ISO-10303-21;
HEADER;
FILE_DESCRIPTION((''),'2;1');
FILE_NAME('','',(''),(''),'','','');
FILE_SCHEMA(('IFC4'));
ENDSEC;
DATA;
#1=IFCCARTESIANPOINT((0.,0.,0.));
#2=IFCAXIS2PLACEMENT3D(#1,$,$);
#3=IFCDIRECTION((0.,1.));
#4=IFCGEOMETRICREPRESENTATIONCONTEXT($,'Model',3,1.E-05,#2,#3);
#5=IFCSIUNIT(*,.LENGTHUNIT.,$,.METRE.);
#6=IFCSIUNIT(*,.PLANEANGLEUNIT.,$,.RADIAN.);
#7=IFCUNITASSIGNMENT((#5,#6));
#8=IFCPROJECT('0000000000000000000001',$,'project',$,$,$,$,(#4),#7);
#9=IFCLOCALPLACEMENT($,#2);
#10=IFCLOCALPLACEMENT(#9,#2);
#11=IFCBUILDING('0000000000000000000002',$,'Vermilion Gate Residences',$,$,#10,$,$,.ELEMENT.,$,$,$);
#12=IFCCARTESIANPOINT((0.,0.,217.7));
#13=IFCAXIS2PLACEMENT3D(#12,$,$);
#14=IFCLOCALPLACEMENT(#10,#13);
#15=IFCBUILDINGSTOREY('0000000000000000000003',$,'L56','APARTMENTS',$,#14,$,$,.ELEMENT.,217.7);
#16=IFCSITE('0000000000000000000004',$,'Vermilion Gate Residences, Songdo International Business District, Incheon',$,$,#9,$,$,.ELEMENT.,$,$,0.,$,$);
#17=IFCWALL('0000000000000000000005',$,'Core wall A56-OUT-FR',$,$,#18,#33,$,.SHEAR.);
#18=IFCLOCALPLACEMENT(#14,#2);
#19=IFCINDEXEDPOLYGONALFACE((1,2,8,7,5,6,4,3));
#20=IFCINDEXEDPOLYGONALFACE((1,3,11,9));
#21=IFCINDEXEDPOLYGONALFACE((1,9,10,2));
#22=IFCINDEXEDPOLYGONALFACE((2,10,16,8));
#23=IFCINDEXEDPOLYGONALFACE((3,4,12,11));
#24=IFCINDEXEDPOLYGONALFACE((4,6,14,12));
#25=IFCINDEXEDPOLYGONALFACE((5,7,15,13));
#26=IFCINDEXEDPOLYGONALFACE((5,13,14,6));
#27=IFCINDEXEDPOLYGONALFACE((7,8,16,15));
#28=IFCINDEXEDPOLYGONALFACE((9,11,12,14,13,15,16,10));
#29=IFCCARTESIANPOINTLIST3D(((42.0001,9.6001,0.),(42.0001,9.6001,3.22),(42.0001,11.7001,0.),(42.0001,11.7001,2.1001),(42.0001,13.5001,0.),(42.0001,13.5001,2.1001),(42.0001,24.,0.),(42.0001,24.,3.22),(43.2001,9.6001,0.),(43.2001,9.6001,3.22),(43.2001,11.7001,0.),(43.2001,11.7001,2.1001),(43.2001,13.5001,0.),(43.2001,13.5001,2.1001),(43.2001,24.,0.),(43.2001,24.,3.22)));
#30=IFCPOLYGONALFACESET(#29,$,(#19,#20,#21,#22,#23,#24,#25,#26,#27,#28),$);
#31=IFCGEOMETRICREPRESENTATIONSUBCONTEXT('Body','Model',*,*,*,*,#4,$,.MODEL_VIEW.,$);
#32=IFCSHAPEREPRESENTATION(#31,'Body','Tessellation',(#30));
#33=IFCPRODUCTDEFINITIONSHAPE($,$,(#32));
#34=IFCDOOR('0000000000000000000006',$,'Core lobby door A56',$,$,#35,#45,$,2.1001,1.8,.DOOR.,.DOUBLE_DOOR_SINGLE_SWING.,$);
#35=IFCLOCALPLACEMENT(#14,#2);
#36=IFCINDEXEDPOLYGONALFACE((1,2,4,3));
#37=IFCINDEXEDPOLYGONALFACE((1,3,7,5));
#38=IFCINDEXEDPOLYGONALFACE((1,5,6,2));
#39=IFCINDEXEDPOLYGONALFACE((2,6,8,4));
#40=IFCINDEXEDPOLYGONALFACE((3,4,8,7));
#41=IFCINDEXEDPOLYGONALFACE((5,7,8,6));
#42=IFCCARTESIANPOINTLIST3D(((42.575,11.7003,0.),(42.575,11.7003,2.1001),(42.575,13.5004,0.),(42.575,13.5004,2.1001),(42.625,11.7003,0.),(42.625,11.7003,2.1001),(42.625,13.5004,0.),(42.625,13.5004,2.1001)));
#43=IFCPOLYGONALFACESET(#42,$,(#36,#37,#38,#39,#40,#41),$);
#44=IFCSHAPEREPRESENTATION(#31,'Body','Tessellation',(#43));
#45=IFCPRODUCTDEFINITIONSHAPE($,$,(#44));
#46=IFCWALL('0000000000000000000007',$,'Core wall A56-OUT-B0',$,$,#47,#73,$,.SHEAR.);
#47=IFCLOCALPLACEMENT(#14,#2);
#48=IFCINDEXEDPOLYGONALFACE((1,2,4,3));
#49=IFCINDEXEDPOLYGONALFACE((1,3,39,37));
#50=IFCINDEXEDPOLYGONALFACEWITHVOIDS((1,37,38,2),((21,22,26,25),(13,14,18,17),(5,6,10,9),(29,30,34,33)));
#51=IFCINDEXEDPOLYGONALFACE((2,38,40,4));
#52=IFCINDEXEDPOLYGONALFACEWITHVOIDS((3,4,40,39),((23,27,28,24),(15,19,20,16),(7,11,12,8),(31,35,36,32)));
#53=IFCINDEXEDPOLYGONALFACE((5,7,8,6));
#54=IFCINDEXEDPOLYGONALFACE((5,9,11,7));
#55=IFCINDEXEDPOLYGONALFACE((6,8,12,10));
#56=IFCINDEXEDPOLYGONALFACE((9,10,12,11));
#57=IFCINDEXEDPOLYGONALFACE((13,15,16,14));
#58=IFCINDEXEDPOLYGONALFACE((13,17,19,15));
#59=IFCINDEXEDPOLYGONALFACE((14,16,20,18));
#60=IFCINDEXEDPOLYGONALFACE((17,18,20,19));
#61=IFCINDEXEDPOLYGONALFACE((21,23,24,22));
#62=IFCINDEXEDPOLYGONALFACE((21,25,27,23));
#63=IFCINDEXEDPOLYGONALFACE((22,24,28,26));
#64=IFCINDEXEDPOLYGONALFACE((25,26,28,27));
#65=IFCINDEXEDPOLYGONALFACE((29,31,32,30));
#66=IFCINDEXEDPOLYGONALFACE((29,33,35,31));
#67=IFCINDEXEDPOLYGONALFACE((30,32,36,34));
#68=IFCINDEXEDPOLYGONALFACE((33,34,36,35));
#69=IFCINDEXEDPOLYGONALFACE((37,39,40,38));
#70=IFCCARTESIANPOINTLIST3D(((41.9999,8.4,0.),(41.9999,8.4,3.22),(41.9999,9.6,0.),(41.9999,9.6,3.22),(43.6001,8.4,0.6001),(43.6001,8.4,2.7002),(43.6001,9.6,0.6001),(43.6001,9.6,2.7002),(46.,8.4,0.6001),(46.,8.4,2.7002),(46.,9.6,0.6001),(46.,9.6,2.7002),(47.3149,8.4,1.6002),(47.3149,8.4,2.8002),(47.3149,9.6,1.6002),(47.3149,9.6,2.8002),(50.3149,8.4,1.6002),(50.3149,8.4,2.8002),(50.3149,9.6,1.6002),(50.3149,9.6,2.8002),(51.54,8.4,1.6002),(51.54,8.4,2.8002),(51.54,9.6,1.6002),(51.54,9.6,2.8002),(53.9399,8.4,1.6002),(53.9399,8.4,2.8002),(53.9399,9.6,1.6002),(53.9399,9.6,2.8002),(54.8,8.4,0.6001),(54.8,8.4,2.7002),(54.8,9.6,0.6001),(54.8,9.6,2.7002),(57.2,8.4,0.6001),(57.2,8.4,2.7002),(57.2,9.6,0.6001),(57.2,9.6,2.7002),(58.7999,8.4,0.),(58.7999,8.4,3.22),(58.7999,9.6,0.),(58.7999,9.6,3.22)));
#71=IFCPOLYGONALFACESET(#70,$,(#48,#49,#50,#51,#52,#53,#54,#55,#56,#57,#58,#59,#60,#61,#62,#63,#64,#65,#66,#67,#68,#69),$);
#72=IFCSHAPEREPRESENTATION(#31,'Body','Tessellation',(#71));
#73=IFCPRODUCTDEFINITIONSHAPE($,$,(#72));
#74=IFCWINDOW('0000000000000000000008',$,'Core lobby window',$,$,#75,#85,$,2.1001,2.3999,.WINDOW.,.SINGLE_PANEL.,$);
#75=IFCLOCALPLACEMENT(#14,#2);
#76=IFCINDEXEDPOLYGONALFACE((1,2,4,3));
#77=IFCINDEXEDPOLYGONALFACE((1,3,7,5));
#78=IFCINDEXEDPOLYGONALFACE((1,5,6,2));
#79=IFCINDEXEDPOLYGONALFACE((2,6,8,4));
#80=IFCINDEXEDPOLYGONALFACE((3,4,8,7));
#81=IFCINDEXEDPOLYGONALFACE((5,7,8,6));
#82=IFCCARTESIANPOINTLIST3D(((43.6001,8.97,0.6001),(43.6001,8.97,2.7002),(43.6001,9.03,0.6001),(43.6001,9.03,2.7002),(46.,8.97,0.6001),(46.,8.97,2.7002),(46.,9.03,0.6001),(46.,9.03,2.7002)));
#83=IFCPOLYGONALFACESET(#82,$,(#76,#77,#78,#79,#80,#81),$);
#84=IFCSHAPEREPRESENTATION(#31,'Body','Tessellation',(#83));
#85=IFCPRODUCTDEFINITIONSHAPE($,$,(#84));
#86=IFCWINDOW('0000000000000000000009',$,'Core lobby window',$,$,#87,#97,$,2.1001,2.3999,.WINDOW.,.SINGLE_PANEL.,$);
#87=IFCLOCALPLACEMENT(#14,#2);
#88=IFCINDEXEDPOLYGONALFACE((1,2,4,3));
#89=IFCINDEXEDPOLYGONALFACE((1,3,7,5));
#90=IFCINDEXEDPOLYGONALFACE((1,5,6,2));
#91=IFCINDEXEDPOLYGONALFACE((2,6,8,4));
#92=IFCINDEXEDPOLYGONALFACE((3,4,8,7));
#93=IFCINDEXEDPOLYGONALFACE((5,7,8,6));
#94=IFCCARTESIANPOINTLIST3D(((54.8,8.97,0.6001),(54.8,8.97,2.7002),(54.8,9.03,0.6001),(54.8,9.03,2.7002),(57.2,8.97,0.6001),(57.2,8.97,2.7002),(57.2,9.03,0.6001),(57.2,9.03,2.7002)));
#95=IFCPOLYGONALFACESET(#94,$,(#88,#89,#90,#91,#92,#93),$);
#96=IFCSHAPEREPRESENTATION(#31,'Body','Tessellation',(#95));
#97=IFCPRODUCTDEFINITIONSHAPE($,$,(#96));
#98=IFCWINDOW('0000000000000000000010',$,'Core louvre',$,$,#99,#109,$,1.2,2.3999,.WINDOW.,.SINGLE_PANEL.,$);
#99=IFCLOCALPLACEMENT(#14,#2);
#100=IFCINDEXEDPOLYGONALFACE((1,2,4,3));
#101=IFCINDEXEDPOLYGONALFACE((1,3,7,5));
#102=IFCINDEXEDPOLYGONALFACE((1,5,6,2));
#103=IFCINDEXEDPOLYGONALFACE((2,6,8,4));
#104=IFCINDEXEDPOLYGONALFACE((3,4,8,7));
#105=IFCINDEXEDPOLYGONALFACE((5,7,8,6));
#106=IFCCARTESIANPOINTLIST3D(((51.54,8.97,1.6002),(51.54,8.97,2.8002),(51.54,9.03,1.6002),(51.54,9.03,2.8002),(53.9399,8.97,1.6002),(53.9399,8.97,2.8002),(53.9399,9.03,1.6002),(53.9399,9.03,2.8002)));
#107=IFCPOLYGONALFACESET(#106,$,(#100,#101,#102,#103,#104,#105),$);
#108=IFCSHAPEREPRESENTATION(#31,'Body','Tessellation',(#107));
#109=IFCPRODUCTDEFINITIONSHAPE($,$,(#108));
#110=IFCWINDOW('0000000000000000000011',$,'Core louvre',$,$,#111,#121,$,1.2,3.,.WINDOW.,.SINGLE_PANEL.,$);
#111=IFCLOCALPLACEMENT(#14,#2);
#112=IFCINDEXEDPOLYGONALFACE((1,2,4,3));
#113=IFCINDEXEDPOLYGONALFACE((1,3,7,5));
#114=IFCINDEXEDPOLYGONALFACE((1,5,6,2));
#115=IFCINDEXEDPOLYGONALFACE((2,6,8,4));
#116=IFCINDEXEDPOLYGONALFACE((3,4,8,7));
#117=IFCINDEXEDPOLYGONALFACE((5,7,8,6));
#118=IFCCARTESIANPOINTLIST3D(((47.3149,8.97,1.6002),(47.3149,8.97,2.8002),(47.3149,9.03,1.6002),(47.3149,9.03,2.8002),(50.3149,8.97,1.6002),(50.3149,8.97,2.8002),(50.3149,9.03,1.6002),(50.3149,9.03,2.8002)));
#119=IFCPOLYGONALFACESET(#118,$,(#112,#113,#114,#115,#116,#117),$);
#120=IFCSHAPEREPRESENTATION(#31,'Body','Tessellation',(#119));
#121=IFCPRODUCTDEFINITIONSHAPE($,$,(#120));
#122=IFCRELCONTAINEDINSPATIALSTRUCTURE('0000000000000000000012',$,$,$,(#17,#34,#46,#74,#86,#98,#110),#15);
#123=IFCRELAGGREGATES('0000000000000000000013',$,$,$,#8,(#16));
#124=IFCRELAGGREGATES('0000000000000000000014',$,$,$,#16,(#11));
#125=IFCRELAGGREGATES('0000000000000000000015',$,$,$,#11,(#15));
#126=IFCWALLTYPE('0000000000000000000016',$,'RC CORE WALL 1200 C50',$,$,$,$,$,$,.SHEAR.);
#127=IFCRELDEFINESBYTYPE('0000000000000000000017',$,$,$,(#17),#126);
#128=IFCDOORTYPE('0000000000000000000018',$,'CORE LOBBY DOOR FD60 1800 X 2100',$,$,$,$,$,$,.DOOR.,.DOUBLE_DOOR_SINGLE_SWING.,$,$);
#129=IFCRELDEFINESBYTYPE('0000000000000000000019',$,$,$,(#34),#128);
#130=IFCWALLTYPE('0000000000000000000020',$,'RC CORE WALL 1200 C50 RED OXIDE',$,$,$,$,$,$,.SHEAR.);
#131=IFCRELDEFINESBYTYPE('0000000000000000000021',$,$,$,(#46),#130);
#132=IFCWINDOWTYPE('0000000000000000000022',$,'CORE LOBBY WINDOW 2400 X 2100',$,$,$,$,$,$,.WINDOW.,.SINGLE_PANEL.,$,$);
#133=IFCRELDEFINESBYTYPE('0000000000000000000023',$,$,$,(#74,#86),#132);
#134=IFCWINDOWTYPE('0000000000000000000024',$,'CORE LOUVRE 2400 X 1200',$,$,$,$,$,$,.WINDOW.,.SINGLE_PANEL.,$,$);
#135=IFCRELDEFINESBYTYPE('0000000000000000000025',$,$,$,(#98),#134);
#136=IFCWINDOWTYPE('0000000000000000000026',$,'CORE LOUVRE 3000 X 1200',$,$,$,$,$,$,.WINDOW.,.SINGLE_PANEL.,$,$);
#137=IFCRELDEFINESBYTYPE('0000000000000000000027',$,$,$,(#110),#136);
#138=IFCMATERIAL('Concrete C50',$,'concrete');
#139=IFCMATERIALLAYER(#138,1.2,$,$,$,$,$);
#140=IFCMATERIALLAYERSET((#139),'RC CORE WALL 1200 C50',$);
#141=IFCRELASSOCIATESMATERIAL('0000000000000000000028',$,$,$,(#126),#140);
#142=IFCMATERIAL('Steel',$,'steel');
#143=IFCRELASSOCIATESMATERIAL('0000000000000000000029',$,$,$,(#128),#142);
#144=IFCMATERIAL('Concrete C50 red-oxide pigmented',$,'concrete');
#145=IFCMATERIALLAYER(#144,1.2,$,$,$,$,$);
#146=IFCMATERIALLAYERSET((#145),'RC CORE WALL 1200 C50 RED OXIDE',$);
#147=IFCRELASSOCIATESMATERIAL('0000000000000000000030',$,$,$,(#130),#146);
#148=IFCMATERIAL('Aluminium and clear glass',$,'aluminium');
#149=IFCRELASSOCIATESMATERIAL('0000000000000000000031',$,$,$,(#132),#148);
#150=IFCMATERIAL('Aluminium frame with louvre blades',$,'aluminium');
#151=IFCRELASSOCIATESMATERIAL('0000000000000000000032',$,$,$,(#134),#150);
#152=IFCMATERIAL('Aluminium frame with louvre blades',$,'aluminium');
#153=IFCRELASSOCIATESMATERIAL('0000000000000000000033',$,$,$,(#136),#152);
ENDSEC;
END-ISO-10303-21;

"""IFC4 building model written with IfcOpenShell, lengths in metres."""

from ifc_helpers import new_model, si_unit, direction, frame, frame_2d, origin, place, context, subcontext, project, spatial, rectangle, extrude, material, layer, layer_set, type_object, element, fill, save


model = new_model("IFC4")

# Units and contexts
model_context = context("Model", 3, precision=1e-05, world=origin(), true_north=direction((0.0, 1.0)))
body_context = subcontext(model_context, "Body", "Model", "MODEL_VIEW")
ifc_project = project(units=[si_unit("LENGTHUNIT", "METRE"), si_unit("PLANEANGLEUNIT", "RADIAN")], contexts=[model_context])

# Site, building, storey
site_placement = place(None, origin())
site = spatial("IfcSite", under=ifc_project, at=site_placement, Name="Vermilion Gate Residences, Songdo International Business District, Incheon", CompositionType="ELEMENT", RefElevation=0.0)
building_placement = place(site_placement, origin())
building = spatial("IfcBuilding", under=site, at=building_placement, Name="Vermilion Gate Residences", CompositionType="ELEMENT")
storey_placement = place(building_placement, frame((0.0, 0.0, 217.7)))
storey = spatial("IfcBuildingStorey", under=building, at=storey_placement, Name="L56", Description="APARTMENTS", CompositionType="ELEMENT", Elevation=217.7)

# Wall, opening, door
ifc_material_1 = material(Name="Concrete C50", Category="concrete")
ifc_layer_1 = layer(ifc_material_1, 1.2)
ifc_layer_set_1 = layer_set([ifc_layer_1], Name="RC CORE WALL 1200 C50")
wall_type_1 = type_object("IfcWallType", Name="RC CORE WALL 1200 C50", PredefinedType="SHEAR", material=ifc_layer_set_1)
wall_1_placement = place(storey_placement, frame((42.6001, 9.6001, 0.0), z_axis=(0.0, 0.0, 1.0), x_axis=(0.0, 1.0, 0.0)))
wall_1 = element("IfcWall", 1, at=wall_1_placement, inside=storey, type_object=wall_type_1, Name="Core wall A56-OUT-FR", PredefinedType="SHEAR", context=body_context, shape_type="SweptSolid", body=[
    extrude(rectangle(XDim=14.3999, YDim=1.2, at=frame_2d((7.2, 0.0))), origin(), (0.0, 0.0, 1.0), 3.22),
])
opening_1_placement = place(wall_1_placement, frame((2.1001, 0.0, 0.0)))
opening_1 = element("IfcOpeningElement", 2, at=opening_1_placement, cuts=wall_1, PredefinedType="OPENING", context=body_context, shape_type="SweptSolid", body=[
    extrude(rectangle(XDim=1.8, YDim=2.1001, at=frame_2d((0.8999, 1.05))), frame((0.0, 0.6099, 0.0), z_axis=(0.0, -1.0, 0.0), x_axis=(1.0, 0.0, 0.0)), (0.0, 0.0, 1.0), 1.22),
])
ifc_material_2 = material(Name="Steel", Category="steel")
door_type_1 = type_object("IfcDoorType", Name="CORE LOBBY DOOR FD60 1800 X 2100", OperationType="DOUBLE_DOOR_SINGLE_SWING", PredefinedType="DOOR", material=ifc_material_2)
door_1_placement = place(opening_1_placement, frame((1.8, 0.0, 0.0), z_axis=(0.0, 0.0, 1.0), x_axis=(-1.0, 0.0, 0.0)))
door_1 = element("IfcDoor", 3, at=door_1_placement, inside=storey, type_object=door_type_1, Name="Core lobby door A56", OperationType="DOUBLE_DOOR_SINGLE_SWING", OverallHeight=2.1001, OverallWidth=1.8, PredefinedType="DOOR", context=body_context, shape_type="SweptSolid", body=[
    extrude(rectangle(XDim=1.8, YDim=2.1001, at=frame_2d((0.8999, 1.05))), frame((0.0, 0.0249, 0.0), z_axis=(0.0, -1.0, 0.0), x_axis=(1.0, 0.0, 0.0)), (0.0, 0.0, 1.0), 0.05),
])
fill(opening_1, door_1)

# Wall, openings, windows
ifc_material_3 = material(Name="Concrete C50 red-oxide pigmented", Category="concrete")
ifc_layer_2 = layer(ifc_material_3, 1.2)
ifc_layer_set_2 = layer_set([ifc_layer_2], Name="RC CORE WALL 1200 C50 RED OXIDE")
wall_type_2 = type_object("IfcWallType", Name="RC CORE WALL 1200 C50 RED OXIDE", PredefinedType="SHEAR", material=ifc_layer_set_2)
wall_2_placement = place(storey_placement, frame((42.0, 9.0, 0.0), z_axis=(0.0, 0.0, 1.0), x_axis=(1.0, 0.0, 0.0)))
wall_2 = element("IfcWall", 4, at=wall_2_placement, inside=storey, type_object=wall_type_2, Name="Core wall A56-OUT-B0", PredefinedType="SHEAR", context=body_context, shape_type="SweptSolid", body=[
    extrude(rectangle(XDim=16.8, YDim=1.2, at=frame_2d((8.3999, 0.0))), origin(), (0.0, 0.0, 1.0), 3.22),
])
opening_2_placement = place(wall_2_placement, frame((1.6001, 0.0, 0.6001)))
opening_2 = element("IfcOpeningElement", 5, at=opening_2_placement, cuts=wall_2, PredefinedType="OPENING", context=body_context, shape_type="SweptSolid", body=[
    extrude(rectangle(XDim=2.3999, YDim=2.1001, at=frame_2d((1.2, 1.05))), frame((0.0, 0.6099, 0.0), z_axis=(0.0, -1.0, 0.0), x_axis=(1.0, 0.0, 0.0)), (0.0, 0.0, 1.0), 1.22),
])
opening_3_placement = place(wall_2_placement, frame((5.3149, 0.0, 1.6001)))
opening_3 = element("IfcOpeningElement", 6, at=opening_3_placement, cuts=wall_2, PredefinedType="OPENING", context=body_context, shape_type="SweptSolid", body=[
    extrude(rectangle(XDim=3.0, YDim=1.2, at=frame_2d((1.5, 0.6001))), frame((0.0, 0.6099, 0.0), z_axis=(0.0, -1.0, 0.0), x_axis=(1.0, 0.0, 0.0)), (0.0, 0.0, 1.0), 1.22),
])
opening_4_placement = place(wall_2_placement, frame((9.54, 0.0, 1.6001)))
opening_4 = element("IfcOpeningElement", 7, at=opening_4_placement, cuts=wall_2, PredefinedType="OPENING", context=body_context, shape_type="SweptSolid", body=[
    extrude(rectangle(XDim=2.3999, YDim=1.2, at=frame_2d((1.2, 0.6001))), frame((0.0, 0.6099, 0.0), z_axis=(0.0, -1.0, 0.0), x_axis=(1.0, 0.0, 0.0)), (0.0, 0.0, 1.0), 1.22),
])
opening_5_placement = place(wall_2_placement, frame((12.8, 0.0, 0.6001)))
opening_5 = element("IfcOpeningElement", 8, at=opening_5_placement, cuts=wall_2, PredefinedType="OPENING", context=body_context, shape_type="SweptSolid", body=[
    extrude(rectangle(XDim=2.3999, YDim=2.1001, at=frame_2d((1.2, 1.05))), frame((0.0, 0.6099, 0.0), z_axis=(0.0, -1.0, 0.0), x_axis=(1.0, 0.0, 0.0)), (0.0, 0.0, 1.0), 1.22),
])
ifc_material_4 = material(Name="Aluminium and clear glass", Category="aluminium")
window_type_1 = type_object("IfcWindowType", Name="CORE LOBBY WINDOW 2400 X 2100", PartitioningType="SINGLE_PANEL", PredefinedType="WINDOW", material=ifc_material_4)
window_1_placement = place(opening_2_placement, origin())
window_1 = element("IfcWindow", 9, at=window_1_placement, inside=storey, type_object=window_type_1, Name="Core lobby window", OverallHeight=2.1001, OverallWidth=2.3999, PartitioningType="SINGLE_PANEL", PredefinedType="WINDOW", context=body_context, shape_type="SweptSolid", body=[
    extrude(rectangle(XDim=2.3999, YDim=2.1001, at=frame_2d((1.2, 1.05))), frame((0.0, 0.03, 0.0), z_axis=(0.0, -1.0, 0.0), x_axis=(1.0, 0.0, 0.0)), (0.0, 0.0, 1.0), 0.0601),
])
fill(opening_2, window_1)
window_2_placement = place(opening_5_placement, origin())
window_2 = element("IfcWindow", 10, at=window_2_placement, inside=storey, type_object=window_type_1, Name="Core lobby window", OverallHeight=2.1001, OverallWidth=2.3999, PartitioningType="SINGLE_PANEL", PredefinedType="WINDOW", context=body_context, shape_type="SweptSolid", body=[
    extrude(rectangle(XDim=2.3999, YDim=2.1001, at=frame_2d((1.2, 1.05))), frame((0.0, 0.03, 0.0), z_axis=(0.0, -1.0, 0.0), x_axis=(1.0, 0.0, 0.0)), (0.0, 0.0, 1.0), 0.0601),
])
fill(opening_5, window_2)
ifc_material_5 = material(Name="Aluminium frame with louvre blades", Category="aluminium")
window_type_2 = type_object("IfcWindowType", Name="CORE LOUVRE 2400 X 1200", PartitioningType="SINGLE_PANEL", PredefinedType="WINDOW", material=ifc_material_5)
window_3_placement = place(opening_4_placement, origin())
window_3 = element("IfcWindow", 11, at=window_3_placement, inside=storey, type_object=window_type_2, Name="Core louvre", OverallHeight=1.2, OverallWidth=2.3999, PartitioningType="SINGLE_PANEL", PredefinedType="WINDOW", context=body_context, shape_type="SweptSolid", body=[
    extrude(rectangle(XDim=2.3999, YDim=1.2, at=frame_2d((1.2, 0.6001))), frame((0.0, 0.03, 0.0), z_axis=(0.0, -1.0, 0.0), x_axis=(1.0, 0.0, 0.0)), (0.0, 0.0, 1.0), 0.0601),
])
fill(opening_4, window_3)
ifc_material_6 = material(Name="Aluminium frame with louvre blades", Category="aluminium")
window_type_3 = type_object("IfcWindowType", Name="CORE LOUVRE 3000 X 1200", PartitioningType="SINGLE_PANEL", PredefinedType="WINDOW", material=ifc_material_6)
window_4_placement = place(opening_3_placement, origin())
window_4 = element("IfcWindow", 12, at=window_4_placement, inside=storey, type_object=window_type_3, Name="Core louvre", OverallHeight=1.2, OverallWidth=3.0, PartitioningType="SINGLE_PANEL", PredefinedType="WINDOW", context=body_context, shape_type="SweptSolid", body=[
    extrude(rectangle(XDim=3.0, YDim=1.2, at=frame_2d((1.5, 0.6001))), frame((0.0, 0.03, 0.0), z_axis=(0.0, -1.0, 0.0), x_axis=(1.0, 0.0, 0.0)), (0.0, 0.0, 1.0), 0.0601),
])
fill(opening_3, window_4)

save(model, "model.ifc")
